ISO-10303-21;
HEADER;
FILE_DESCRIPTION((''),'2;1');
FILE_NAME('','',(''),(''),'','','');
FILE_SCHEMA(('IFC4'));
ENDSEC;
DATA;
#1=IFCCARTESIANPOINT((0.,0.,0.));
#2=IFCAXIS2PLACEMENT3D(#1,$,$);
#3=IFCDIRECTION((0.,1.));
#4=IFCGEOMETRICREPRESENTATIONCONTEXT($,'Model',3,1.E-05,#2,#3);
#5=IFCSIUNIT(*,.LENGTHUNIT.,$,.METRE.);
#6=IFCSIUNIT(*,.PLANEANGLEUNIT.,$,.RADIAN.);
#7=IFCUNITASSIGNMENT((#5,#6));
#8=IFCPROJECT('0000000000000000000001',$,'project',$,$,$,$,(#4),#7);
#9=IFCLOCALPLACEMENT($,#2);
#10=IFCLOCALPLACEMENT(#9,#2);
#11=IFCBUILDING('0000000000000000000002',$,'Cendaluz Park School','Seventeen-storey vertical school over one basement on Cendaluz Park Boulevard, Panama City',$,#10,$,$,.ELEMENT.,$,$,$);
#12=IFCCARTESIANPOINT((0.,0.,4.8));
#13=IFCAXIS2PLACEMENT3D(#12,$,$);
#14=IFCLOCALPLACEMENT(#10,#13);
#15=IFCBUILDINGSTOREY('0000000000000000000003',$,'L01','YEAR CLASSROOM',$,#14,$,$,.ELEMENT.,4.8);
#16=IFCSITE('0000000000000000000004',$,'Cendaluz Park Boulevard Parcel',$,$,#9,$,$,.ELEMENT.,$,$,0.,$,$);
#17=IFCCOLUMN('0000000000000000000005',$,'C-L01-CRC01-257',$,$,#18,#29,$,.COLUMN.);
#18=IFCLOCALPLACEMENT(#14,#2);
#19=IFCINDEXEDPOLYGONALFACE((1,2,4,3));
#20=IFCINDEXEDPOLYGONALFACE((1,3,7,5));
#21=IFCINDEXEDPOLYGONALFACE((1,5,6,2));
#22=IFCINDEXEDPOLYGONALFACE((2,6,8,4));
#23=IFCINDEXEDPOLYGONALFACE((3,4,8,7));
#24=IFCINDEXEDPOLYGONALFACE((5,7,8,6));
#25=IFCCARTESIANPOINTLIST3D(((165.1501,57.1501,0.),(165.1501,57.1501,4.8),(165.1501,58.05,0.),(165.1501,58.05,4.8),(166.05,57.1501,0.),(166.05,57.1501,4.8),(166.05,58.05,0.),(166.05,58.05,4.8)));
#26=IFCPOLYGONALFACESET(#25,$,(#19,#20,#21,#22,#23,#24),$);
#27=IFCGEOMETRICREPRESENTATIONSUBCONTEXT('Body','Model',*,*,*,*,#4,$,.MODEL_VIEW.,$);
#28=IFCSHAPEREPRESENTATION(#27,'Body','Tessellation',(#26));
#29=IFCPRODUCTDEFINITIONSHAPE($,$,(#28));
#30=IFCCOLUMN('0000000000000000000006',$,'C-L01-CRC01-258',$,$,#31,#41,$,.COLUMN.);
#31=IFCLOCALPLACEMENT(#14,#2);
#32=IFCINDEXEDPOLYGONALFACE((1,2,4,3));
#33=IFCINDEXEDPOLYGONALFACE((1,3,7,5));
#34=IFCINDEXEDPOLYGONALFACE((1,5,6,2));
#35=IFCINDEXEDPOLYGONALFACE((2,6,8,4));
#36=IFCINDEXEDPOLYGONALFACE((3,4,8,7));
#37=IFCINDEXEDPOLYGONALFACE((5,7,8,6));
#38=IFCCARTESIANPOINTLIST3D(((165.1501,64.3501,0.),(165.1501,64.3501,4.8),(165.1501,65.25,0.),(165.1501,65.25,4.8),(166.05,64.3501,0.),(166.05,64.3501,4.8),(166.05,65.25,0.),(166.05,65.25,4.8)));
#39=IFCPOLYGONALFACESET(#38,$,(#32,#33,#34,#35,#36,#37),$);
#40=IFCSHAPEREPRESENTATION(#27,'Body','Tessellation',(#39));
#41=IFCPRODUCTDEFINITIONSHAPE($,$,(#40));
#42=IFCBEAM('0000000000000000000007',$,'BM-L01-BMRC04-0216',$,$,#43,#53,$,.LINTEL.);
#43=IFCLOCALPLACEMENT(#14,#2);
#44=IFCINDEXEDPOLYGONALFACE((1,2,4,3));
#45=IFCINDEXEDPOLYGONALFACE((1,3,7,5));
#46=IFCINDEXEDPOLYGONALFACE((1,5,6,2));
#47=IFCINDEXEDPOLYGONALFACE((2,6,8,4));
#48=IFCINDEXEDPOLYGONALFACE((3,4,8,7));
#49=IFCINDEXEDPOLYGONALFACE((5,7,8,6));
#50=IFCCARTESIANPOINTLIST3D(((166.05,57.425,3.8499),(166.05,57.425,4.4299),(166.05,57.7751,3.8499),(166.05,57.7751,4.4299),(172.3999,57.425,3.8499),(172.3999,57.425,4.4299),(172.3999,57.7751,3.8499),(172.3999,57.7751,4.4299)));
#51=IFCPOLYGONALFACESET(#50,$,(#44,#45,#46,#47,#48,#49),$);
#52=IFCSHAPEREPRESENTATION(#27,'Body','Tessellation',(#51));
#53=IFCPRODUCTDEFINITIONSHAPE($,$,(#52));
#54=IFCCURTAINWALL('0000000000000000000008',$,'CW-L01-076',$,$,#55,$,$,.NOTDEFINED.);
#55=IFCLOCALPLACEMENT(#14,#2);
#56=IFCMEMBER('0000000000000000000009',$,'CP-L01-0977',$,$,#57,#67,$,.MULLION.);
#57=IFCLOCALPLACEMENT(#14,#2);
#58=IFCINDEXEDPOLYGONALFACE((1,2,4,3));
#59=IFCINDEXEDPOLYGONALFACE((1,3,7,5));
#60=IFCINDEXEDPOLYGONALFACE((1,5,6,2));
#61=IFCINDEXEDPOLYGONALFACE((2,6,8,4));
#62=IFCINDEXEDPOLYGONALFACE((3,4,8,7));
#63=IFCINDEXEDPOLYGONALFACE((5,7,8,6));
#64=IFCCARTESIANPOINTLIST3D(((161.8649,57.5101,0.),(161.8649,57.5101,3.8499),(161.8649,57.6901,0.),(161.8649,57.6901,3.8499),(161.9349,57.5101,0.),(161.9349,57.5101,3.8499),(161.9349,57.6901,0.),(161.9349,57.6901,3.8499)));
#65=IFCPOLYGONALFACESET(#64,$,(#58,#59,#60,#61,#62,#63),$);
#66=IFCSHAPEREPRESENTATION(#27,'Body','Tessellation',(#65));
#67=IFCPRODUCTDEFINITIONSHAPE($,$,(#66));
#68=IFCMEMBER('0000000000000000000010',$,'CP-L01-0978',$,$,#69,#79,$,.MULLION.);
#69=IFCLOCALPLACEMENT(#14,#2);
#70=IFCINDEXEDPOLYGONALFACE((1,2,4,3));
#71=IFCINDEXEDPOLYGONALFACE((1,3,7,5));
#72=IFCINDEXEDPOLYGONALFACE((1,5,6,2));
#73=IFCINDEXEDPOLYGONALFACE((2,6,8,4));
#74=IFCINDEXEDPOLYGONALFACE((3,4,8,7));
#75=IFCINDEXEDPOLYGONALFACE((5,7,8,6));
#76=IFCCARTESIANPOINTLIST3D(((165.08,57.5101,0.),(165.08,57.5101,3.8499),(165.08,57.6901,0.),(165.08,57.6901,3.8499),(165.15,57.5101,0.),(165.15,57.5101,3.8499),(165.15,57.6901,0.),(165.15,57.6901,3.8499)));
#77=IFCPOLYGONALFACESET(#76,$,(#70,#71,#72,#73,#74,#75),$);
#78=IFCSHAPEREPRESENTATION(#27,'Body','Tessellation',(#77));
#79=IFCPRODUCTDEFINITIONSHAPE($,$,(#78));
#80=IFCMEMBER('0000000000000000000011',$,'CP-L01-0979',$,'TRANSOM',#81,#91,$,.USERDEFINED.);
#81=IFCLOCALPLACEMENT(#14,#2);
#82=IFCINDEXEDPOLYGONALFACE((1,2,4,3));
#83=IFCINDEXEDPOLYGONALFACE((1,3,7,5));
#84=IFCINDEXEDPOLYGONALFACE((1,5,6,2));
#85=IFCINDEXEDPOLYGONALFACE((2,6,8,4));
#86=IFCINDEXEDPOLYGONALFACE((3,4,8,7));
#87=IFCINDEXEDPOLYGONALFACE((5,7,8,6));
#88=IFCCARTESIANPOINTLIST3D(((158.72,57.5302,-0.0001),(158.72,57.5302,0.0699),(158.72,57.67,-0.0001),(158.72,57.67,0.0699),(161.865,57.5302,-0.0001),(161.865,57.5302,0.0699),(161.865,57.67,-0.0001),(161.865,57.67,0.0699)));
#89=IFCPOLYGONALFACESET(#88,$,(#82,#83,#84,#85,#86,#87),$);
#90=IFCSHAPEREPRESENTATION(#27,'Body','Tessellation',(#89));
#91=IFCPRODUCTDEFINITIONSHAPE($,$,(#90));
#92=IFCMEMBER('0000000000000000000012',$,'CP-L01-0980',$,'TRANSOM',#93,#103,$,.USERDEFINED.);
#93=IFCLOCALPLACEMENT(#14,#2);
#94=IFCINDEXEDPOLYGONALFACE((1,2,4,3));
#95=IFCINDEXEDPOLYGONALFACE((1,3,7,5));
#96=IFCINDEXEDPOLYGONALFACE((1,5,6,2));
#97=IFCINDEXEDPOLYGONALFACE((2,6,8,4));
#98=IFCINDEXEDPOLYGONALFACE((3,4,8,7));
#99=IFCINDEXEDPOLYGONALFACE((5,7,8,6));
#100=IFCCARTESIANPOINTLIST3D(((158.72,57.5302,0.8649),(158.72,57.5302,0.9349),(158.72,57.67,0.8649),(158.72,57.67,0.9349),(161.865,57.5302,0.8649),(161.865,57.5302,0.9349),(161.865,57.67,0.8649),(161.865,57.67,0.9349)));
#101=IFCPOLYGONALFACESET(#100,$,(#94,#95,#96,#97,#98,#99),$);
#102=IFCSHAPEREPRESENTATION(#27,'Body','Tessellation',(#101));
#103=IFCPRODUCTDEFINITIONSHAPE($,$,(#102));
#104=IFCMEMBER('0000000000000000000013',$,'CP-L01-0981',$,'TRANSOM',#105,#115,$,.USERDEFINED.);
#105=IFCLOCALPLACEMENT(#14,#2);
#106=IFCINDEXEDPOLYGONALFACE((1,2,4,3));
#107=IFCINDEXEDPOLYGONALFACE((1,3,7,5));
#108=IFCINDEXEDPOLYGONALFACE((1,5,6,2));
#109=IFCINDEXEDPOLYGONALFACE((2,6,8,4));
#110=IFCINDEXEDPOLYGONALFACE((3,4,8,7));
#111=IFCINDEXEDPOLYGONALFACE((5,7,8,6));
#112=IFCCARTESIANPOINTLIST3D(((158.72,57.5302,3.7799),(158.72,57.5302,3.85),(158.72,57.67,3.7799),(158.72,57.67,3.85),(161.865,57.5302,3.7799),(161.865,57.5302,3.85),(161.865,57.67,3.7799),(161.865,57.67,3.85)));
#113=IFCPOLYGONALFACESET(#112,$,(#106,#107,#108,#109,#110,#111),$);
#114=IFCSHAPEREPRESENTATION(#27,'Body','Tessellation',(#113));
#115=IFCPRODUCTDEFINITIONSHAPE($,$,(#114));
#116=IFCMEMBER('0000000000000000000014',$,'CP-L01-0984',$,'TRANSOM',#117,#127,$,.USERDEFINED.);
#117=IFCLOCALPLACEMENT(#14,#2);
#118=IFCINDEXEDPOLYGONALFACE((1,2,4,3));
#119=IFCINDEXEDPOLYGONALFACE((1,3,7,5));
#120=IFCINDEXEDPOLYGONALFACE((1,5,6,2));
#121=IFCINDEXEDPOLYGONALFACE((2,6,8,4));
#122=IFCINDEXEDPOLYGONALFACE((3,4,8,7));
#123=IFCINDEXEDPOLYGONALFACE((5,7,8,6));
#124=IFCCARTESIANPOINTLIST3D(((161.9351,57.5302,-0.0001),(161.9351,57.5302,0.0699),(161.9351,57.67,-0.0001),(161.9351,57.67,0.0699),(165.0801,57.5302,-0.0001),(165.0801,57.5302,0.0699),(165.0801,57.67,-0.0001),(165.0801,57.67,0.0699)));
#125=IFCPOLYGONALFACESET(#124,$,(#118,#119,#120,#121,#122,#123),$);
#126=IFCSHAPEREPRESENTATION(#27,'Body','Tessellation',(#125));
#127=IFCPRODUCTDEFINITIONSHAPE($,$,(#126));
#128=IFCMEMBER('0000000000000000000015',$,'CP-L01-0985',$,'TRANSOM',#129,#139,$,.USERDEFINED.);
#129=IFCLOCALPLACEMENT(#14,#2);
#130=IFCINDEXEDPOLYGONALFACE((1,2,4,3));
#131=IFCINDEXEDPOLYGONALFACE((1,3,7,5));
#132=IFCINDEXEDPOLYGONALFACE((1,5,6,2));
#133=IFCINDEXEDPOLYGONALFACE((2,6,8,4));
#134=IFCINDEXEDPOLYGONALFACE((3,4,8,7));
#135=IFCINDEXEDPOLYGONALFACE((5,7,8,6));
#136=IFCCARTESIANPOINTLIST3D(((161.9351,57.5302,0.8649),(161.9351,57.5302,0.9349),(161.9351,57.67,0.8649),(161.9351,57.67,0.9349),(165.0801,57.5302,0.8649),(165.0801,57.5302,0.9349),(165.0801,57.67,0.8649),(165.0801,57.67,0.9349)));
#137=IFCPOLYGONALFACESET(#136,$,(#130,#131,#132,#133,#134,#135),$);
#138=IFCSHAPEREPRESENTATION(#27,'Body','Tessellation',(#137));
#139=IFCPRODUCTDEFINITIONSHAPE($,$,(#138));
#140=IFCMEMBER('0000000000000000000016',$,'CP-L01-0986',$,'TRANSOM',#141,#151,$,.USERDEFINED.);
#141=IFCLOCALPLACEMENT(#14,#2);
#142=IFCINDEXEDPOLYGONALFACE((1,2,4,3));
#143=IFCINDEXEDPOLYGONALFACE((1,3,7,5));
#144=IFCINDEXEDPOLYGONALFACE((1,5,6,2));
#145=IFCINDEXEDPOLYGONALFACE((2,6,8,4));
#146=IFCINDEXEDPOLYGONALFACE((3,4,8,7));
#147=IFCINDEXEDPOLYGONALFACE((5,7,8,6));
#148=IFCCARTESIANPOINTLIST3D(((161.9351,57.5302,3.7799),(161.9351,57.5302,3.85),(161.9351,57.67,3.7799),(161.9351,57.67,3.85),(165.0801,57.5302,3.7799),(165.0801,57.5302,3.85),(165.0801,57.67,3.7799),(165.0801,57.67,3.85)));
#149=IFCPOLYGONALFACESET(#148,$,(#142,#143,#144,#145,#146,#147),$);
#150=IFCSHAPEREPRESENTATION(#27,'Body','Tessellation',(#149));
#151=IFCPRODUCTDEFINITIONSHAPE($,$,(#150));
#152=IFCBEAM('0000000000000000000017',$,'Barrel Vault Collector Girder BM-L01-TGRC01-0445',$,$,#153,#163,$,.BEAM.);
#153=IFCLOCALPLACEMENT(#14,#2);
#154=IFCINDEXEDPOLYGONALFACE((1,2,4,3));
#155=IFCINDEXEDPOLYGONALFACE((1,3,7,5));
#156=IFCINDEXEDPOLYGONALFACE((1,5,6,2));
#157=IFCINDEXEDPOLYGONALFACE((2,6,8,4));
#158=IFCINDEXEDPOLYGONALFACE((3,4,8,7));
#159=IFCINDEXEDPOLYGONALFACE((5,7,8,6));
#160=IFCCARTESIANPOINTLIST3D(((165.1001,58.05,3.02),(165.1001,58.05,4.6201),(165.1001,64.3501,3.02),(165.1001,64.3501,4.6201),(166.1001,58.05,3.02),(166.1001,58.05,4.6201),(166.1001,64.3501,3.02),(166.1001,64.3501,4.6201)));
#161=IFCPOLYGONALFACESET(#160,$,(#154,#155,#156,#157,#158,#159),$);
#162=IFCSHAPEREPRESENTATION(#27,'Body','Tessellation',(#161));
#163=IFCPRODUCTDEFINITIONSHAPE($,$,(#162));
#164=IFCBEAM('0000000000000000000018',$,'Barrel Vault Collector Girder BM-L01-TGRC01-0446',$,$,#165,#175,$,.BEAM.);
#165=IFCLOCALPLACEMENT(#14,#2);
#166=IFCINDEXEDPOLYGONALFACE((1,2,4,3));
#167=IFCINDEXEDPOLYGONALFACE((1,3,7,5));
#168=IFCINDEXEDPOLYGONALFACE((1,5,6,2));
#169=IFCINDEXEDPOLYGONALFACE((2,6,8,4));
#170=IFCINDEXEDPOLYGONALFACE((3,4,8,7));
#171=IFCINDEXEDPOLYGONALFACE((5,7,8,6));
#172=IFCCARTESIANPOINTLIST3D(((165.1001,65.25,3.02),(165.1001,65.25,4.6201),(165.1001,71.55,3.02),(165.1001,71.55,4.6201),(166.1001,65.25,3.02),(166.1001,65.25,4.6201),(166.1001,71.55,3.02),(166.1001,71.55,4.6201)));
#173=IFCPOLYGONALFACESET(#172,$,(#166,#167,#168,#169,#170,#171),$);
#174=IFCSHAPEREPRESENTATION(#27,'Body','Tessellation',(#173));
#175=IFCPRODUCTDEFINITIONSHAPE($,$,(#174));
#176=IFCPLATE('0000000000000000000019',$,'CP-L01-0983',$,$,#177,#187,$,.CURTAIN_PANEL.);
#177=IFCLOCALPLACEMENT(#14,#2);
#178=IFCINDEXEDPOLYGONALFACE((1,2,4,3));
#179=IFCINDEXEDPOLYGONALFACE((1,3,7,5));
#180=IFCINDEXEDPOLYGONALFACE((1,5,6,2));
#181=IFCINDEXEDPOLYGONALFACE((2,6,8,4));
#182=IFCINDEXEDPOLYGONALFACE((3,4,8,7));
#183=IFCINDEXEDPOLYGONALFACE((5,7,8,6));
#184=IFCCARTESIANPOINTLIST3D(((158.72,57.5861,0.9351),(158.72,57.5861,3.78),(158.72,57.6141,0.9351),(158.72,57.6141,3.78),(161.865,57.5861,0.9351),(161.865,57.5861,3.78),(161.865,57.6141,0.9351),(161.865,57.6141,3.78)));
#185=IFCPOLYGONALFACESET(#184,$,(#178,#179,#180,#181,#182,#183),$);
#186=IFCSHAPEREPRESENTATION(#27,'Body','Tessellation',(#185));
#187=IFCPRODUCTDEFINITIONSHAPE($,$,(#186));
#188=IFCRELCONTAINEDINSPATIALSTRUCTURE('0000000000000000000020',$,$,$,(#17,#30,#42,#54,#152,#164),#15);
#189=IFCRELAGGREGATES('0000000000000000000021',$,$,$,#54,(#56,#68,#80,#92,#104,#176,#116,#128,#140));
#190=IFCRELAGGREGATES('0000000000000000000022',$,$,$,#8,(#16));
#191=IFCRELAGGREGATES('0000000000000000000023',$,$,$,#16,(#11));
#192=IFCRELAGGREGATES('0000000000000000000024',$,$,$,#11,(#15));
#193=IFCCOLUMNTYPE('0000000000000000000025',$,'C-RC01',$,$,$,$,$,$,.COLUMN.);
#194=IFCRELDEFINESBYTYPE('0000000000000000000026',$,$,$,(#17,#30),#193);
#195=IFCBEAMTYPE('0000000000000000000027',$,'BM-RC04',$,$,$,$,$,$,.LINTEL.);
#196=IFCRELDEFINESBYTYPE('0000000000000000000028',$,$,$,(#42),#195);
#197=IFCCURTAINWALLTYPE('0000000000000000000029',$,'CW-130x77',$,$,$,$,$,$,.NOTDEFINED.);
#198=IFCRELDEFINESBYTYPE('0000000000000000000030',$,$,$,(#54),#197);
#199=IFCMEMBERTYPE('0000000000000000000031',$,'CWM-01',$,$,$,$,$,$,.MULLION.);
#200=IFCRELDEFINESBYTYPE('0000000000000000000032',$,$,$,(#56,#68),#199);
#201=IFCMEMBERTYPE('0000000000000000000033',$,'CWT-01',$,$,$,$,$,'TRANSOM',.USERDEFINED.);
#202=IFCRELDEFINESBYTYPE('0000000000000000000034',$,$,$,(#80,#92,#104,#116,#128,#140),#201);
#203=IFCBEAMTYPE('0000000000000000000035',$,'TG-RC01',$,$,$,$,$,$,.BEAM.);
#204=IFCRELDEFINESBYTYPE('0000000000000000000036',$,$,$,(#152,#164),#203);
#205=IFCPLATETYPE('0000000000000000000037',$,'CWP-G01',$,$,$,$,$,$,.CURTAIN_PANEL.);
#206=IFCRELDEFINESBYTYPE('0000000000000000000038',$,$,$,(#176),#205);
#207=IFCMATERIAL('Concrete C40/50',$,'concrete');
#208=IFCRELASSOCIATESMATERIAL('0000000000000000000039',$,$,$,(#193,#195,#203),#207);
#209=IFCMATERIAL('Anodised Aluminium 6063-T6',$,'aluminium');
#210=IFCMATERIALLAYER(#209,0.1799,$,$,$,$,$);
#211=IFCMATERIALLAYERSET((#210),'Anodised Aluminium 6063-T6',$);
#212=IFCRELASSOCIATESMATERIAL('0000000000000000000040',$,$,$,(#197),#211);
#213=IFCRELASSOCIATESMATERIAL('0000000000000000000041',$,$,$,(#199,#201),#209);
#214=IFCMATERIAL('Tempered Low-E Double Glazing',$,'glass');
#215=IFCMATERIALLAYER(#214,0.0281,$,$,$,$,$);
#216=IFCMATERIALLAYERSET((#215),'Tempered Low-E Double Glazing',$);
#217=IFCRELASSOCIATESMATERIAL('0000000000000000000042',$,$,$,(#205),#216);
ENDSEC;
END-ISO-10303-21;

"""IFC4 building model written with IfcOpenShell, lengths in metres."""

from ifc_helpers import new_model, si_unit, direction, frame, origin, origin_2d, place, context, subcontext, project, spatial, rectangle, extrude, material, layer, layer_set, material_profile, profile_set, type_object, element, aggregate, save


model = new_model("IFC4")

# Units and contexts
model_context = context("Model", 3, precision=1e-05, world=origin(), true_north=direction((0.0, 1.0)))
body_context = subcontext(model_context, "Body", "Model", "MODEL_VIEW")
ifc_project = project(units=[si_unit("LENGTHUNIT", "METRE"), si_unit("PLANEANGLEUNIT", "RADIAN")], contexts=[model_context])

# Site, building, storey
site_placement = place(None, origin())
site = spatial("IfcSite", under=ifc_project, at=site_placement, Name="Cendaluz Park Boulevard Parcel", CompositionType="ELEMENT", RefElevation=0.0)
building_placement = place(site_placement, origin())
building = spatial("IfcBuilding", under=site, at=building_placement, Name="Cendaluz Park School", Description="Seventeen-storey vertical school over one basement on Cendaluz Park Boulevard, Panama City", CompositionType="ELEMENT")
storey_placement = place(building_placement, frame((0.0, 0.0, 4.8)))
storey = spatial("IfcBuildingStorey", under=building, at=storey_placement, Name="L01", Description="YEAR CLASSROOM", CompositionType="ELEMENT", Elevation=4.8)

# Columns
ifc_material_1 = material(Name="Concrete C40/50", Category="concrete")
ifc_material_profile_1 = material_profile(ifc_material_1, rectangle(XDim=0.8999, YDim=0.8999, at=origin_2d()), Name="RC 900x900", Category="concrete")
ifc_profile_set_1 = profile_set([ifc_material_profile_1], Name="Concrete C40/50")
column_type = type_object("IfcColumnType", Name="C-RC01", PredefinedType="COLUMN", material=ifc_profile_set_1)
for number, where, z_axis, x_axis, name in (
    (1, (165.6001, 57.6001, 0.0), (0.0, 0.0, 1.0), (1.0, 0.0, 0.0), "C-L01-CRC01-257"),
    (2, (165.6001, 64.8, 0.0), (0.0, 0.0, 1.0), (1.0, 0.0, 0.0), "C-L01-CRC01-258"),
):
    element("IfcColumn", number, at=place(storey_placement, frame(where, z_axis=z_axis, x_axis=x_axis)), inside=storey, type_object=column_type, Name=name, PredefinedType="COLUMN", context=body_context, shape_type="SweptSolid", body=[
        extrude(rectangle(XDim=0.8999, YDim=0.8999, at=origin_2d()), origin(), (0.0, 0.0, 1.0), 4.8),
    ])

# Beam
ifc_material_profile_2 = material_profile(ifc_material_1, rectangle(XDim=0.3501, YDim=0.5801, at=origin_2d()), Name="RC 350x580", Category="concrete")
ifc_profile_set_2 = profile_set([ifc_material_profile_2], Name="Concrete C40/50")
beam_type_1 = type_object("IfcBeamType", Name="BM-RC04", PredefinedType="LINTEL", material=ifc_profile_set_2)
beam_placement = place(storey_placement, frame((166.05, 57.6001, 4.1399), z_axis=(1.0, 0.0, 0.0), x_axis=(0.0, 1.0, 0.0)))
element("IfcBeam", 3, at=beam_placement, inside=storey, type_object=beam_type_1, Name="BM-L01-BMRC04-0216", PredefinedType="LINTEL", context=body_context, shape_type="SweptSolid", body=[
    extrude(rectangle(XDim=0.3501, YDim=0.5801, at=origin_2d()), origin(), (0.0, 0.0, 1.0), 6.3499),
])

# Curtain wall, members
ifc_material_2 = material(Name="Anodised Aluminium 6063-T6", Category="aluminium")
ifc_layer_1 = layer(ifc_material_2, 0.1799)
ifc_layer_set_1 = layer_set([ifc_layer_1], Name="Anodised Aluminium 6063-T6")
curtain_wall_type = type_object("IfcCurtainWallType", Name="CW-130x77", PredefinedType="NOTDEFINED", material=ifc_layer_set_1)
curtain_wall_placement = place(storey_placement, origin())
curtain_wall = element("IfcCurtainWall", 4, at=curtain_wall_placement, inside=storey, type_object=curtain_wall_type, Name="CW-L01-076", PredefinedType="NOTDEFINED")
ifc_material_profile_3 = material_profile(ifc_material_2, rectangle(XDim=0.1799, YDim=0.0701, at=origin_2d()), Name="CWM 180x70", Category="aluminium")
ifc_profile_set_3 = profile_set([ifc_material_profile_3], Name="Anodised Aluminium 6063-T6")
member_type_1 = type_object("IfcMemberType", Name="CWM-01", PredefinedType="MULLION", material=ifc_profile_set_3)
member_1_placement = place(storey_placement, frame((161.8999, 57.6001, 0.0), z_axis=(0.0, 0.0, 1.0), x_axis=(0.0, 1.0, 0.0)))
member_1 = element("IfcMember", 5, at=member_1_placement, type_object=member_type_1, Name="CP-L01-0977", PredefinedType="MULLION", context=body_context, shape_type="SweptSolid", body=[
    extrude(rectangle(XDim=0.1799, YDim=0.0701, at=origin_2d()), origin(), (0.0, 0.0, 1.0), 3.8499),
])
member_2_placement = place(storey_placement, frame((165.115, 57.6001, 0.0), z_axis=(0.0, 0.0, 1.0), x_axis=(0.0, 1.0, 0.0)))
member_2 = element("IfcMember", 6, at=member_2_placement, type_object=member_type_1, Name="CP-L01-0978", PredefinedType="MULLION", context=body_context, shape_type="SweptSolid", body=[
    extrude(rectangle(XDim=0.1799, YDim=0.0701, at=origin_2d()), origin(), (0.0, 0.0, 1.0), 3.8499),
])
ifc_material_profile_4 = material_profile(ifc_material_2, rectangle(XDim=0.1399, YDim=0.0701, at=origin_2d()), Name="CWT 140x70", Category="aluminium")
ifc_profile_set_4 = profile_set([ifc_material_profile_4], Name="Anodised Aluminium 6063-T6")
member_type_2 = type_object("IfcMemberType", Name="CWT-01", ElementType="TRANSOM", PredefinedType="USERDEFINED", material=ifc_profile_set_4)
member_3_placement = place(storey_placement, frame((158.72, 57.6001, 0.0349), z_axis=(1.0, 0.0, 0.0), x_axis=(0.0, 1.0, 0.0)))
member_3 = element("IfcMember", 7, at=member_3_placement, type_object=member_type_2, Name="CP-L01-0979", ObjectType="TRANSOM", PredefinedType="USERDEFINED", context=body_context, shape_type="SweptSolid", body=[
    extrude(rectangle(XDim=0.1399, YDim=0.0701, at=origin_2d()), origin(), (0.0, 0.0, 1.0), 3.145),
])
member_4_placement = place(storey_placement, frame((158.72, 57.6001, 0.8999), z_axis=(1.0, 0.0, 0.0), x_axis=(0.0, 1.0, 0.0)))
member_4 = element("IfcMember", 8, at=member_4_placement, type_object=member_type_2, Name="CP-L01-0980", ObjectType="TRANSOM", PredefinedType="USERDEFINED", context=body_context, shape_type="SweptSolid", body=[
    extrude(rectangle(XDim=0.1399, YDim=0.0701, at=origin_2d()), origin(), (0.0, 0.0, 1.0), 3.145),
])
member_5_placement = place(storey_placement, frame((158.72, 57.6001, 3.8149), z_axis=(1.0, 0.0, 0.0), x_axis=(0.0, 1.0, 0.0)))
member_5 = element("IfcMember", 9, at=member_5_placement, type_object=member_type_2, Name="CP-L01-0981", ObjectType="TRANSOM", PredefinedType="USERDEFINED", context=body_context, shape_type="SweptSolid", body=[
    extrude(rectangle(XDim=0.1399, YDim=0.0701, at=origin_2d()), origin(), (0.0, 0.0, 1.0), 3.145),
])
member_6_placement = place(storey_placement, frame((161.9351, 57.6001, 0.0349), z_axis=(1.0, 0.0, 0.0), x_axis=(0.0, 1.0, 0.0)))
member_6 = element("IfcMember", 10, at=member_6_placement, type_object=member_type_2, Name="CP-L01-0984", ObjectType="TRANSOM", PredefinedType="USERDEFINED", context=body_context, shape_type="SweptSolid", body=[
    extrude(rectangle(XDim=0.1399, YDim=0.0701, at=origin_2d()), origin(), (0.0, 0.0, 1.0), 3.145),
])
member_7_placement = place(storey_placement, frame((161.9351, 57.6001, 0.8999), z_axis=(1.0, 0.0, 0.0), x_axis=(0.0, 1.0, 0.0)))
member_7 = element("IfcMember", 11, at=member_7_placement, type_object=member_type_2, Name="CP-L01-0985", ObjectType="TRANSOM", PredefinedType="USERDEFINED", context=body_context, shape_type="SweptSolid", body=[
    extrude(rectangle(XDim=0.1399, YDim=0.0701, at=origin_2d()), origin(), (0.0, 0.0, 1.0), 3.145),
])
member_8_placement = place(storey_placement, frame((161.9351, 57.6001, 3.8149), z_axis=(1.0, 0.0, 0.0), x_axis=(0.0, 1.0, 0.0)))
member_8 = element("IfcMember", 12, at=member_8_placement, type_object=member_type_2, Name="CP-L01-0986", ObjectType="TRANSOM", PredefinedType="USERDEFINED", context=body_context, shape_type="SweptSolid", body=[
    extrude(rectangle(XDim=0.1399, YDim=0.0701, at=origin_2d()), origin(), (0.0, 0.0, 1.0), 3.145),
])

# Beams
ifc_material_profile_5 = material_profile(ifc_material_1, rectangle(XDim=1.0, YDim=1.6001, at=origin_2d()), Name="RC 1000x1600", Category="concrete")
ifc_profile_set_5 = profile_set([ifc_material_profile_5], Name="Concrete C40/50")
beam_type_2 = type_object("IfcBeamType", Name="TG-RC01", PredefinedType="BEAM", material=ifc_profile_set_5)
for number, where, z_axis, x_axis, name in (
    (13, (165.6001, 58.05, 3.8201), (0.0, 1.0, 0.0), (-1.0, 0.0, 0.0), "Barrel Vault Collector Girder BM-L01-TGRC01-0445"),
    (14, (165.6001, 65.25, 3.8201), (0.0, 1.0, 0.0), (-1.0, 0.0, 0.0), "Barrel Vault Collector Girder BM-L01-TGRC01-0446"),
):
    element("IfcBeam", number, at=place(storey_placement, frame(where, z_axis=z_axis, x_axis=x_axis)), inside=storey, type_object=beam_type_2, Name=name, PredefinedType="BEAM", context=body_context, shape_type="SweptSolid", body=[
        extrude(rectangle(XDim=1.0, YDim=1.6001, at=origin_2d()), origin(), (0.0, 0.0, 1.0), 6.3),
    ])

# Plate
ifc_material_3 = material(Name="Tempered Low-E Double Glazing", Category="glass")
ifc_layer_2 = layer(ifc_material_3, 0.0281)
ifc_layer_set_2 = layer_set([ifc_layer_2], Name="Tempered Low-E Double Glazing")
plate_type_1 = type_object("IfcPlateType", Name="CWP-G01", PredefinedType="CURTAIN_PANEL", material=ifc_layer_set_2)
plate_1_placement = place(storey_placement, frame((160.2925, 57.6001, 0.9351), z_axis=(0.0, 0.0, 1.0), x_axis=(1.0, 0.0, 0.0)))
plate_1 = element("IfcPlate", 15, at=plate_1_placement, type_object=plate_type_1, Name="CP-L01-0983", PredefinedType="CURTAIN_PANEL", context=body_context, shape_type="SweptSolid", body=[
    extrude(rectangle(XDim=3.145, YDim=0.0281, at=origin_2d()), origin(), (0.0, 0.0, 1.0), 2.845),
])
aggregate(curtain_wall, [member_1, member_2, member_3, member_4, member_5, plate_1, member_6, member_7, member_8])

save(model, "model.ifc")
